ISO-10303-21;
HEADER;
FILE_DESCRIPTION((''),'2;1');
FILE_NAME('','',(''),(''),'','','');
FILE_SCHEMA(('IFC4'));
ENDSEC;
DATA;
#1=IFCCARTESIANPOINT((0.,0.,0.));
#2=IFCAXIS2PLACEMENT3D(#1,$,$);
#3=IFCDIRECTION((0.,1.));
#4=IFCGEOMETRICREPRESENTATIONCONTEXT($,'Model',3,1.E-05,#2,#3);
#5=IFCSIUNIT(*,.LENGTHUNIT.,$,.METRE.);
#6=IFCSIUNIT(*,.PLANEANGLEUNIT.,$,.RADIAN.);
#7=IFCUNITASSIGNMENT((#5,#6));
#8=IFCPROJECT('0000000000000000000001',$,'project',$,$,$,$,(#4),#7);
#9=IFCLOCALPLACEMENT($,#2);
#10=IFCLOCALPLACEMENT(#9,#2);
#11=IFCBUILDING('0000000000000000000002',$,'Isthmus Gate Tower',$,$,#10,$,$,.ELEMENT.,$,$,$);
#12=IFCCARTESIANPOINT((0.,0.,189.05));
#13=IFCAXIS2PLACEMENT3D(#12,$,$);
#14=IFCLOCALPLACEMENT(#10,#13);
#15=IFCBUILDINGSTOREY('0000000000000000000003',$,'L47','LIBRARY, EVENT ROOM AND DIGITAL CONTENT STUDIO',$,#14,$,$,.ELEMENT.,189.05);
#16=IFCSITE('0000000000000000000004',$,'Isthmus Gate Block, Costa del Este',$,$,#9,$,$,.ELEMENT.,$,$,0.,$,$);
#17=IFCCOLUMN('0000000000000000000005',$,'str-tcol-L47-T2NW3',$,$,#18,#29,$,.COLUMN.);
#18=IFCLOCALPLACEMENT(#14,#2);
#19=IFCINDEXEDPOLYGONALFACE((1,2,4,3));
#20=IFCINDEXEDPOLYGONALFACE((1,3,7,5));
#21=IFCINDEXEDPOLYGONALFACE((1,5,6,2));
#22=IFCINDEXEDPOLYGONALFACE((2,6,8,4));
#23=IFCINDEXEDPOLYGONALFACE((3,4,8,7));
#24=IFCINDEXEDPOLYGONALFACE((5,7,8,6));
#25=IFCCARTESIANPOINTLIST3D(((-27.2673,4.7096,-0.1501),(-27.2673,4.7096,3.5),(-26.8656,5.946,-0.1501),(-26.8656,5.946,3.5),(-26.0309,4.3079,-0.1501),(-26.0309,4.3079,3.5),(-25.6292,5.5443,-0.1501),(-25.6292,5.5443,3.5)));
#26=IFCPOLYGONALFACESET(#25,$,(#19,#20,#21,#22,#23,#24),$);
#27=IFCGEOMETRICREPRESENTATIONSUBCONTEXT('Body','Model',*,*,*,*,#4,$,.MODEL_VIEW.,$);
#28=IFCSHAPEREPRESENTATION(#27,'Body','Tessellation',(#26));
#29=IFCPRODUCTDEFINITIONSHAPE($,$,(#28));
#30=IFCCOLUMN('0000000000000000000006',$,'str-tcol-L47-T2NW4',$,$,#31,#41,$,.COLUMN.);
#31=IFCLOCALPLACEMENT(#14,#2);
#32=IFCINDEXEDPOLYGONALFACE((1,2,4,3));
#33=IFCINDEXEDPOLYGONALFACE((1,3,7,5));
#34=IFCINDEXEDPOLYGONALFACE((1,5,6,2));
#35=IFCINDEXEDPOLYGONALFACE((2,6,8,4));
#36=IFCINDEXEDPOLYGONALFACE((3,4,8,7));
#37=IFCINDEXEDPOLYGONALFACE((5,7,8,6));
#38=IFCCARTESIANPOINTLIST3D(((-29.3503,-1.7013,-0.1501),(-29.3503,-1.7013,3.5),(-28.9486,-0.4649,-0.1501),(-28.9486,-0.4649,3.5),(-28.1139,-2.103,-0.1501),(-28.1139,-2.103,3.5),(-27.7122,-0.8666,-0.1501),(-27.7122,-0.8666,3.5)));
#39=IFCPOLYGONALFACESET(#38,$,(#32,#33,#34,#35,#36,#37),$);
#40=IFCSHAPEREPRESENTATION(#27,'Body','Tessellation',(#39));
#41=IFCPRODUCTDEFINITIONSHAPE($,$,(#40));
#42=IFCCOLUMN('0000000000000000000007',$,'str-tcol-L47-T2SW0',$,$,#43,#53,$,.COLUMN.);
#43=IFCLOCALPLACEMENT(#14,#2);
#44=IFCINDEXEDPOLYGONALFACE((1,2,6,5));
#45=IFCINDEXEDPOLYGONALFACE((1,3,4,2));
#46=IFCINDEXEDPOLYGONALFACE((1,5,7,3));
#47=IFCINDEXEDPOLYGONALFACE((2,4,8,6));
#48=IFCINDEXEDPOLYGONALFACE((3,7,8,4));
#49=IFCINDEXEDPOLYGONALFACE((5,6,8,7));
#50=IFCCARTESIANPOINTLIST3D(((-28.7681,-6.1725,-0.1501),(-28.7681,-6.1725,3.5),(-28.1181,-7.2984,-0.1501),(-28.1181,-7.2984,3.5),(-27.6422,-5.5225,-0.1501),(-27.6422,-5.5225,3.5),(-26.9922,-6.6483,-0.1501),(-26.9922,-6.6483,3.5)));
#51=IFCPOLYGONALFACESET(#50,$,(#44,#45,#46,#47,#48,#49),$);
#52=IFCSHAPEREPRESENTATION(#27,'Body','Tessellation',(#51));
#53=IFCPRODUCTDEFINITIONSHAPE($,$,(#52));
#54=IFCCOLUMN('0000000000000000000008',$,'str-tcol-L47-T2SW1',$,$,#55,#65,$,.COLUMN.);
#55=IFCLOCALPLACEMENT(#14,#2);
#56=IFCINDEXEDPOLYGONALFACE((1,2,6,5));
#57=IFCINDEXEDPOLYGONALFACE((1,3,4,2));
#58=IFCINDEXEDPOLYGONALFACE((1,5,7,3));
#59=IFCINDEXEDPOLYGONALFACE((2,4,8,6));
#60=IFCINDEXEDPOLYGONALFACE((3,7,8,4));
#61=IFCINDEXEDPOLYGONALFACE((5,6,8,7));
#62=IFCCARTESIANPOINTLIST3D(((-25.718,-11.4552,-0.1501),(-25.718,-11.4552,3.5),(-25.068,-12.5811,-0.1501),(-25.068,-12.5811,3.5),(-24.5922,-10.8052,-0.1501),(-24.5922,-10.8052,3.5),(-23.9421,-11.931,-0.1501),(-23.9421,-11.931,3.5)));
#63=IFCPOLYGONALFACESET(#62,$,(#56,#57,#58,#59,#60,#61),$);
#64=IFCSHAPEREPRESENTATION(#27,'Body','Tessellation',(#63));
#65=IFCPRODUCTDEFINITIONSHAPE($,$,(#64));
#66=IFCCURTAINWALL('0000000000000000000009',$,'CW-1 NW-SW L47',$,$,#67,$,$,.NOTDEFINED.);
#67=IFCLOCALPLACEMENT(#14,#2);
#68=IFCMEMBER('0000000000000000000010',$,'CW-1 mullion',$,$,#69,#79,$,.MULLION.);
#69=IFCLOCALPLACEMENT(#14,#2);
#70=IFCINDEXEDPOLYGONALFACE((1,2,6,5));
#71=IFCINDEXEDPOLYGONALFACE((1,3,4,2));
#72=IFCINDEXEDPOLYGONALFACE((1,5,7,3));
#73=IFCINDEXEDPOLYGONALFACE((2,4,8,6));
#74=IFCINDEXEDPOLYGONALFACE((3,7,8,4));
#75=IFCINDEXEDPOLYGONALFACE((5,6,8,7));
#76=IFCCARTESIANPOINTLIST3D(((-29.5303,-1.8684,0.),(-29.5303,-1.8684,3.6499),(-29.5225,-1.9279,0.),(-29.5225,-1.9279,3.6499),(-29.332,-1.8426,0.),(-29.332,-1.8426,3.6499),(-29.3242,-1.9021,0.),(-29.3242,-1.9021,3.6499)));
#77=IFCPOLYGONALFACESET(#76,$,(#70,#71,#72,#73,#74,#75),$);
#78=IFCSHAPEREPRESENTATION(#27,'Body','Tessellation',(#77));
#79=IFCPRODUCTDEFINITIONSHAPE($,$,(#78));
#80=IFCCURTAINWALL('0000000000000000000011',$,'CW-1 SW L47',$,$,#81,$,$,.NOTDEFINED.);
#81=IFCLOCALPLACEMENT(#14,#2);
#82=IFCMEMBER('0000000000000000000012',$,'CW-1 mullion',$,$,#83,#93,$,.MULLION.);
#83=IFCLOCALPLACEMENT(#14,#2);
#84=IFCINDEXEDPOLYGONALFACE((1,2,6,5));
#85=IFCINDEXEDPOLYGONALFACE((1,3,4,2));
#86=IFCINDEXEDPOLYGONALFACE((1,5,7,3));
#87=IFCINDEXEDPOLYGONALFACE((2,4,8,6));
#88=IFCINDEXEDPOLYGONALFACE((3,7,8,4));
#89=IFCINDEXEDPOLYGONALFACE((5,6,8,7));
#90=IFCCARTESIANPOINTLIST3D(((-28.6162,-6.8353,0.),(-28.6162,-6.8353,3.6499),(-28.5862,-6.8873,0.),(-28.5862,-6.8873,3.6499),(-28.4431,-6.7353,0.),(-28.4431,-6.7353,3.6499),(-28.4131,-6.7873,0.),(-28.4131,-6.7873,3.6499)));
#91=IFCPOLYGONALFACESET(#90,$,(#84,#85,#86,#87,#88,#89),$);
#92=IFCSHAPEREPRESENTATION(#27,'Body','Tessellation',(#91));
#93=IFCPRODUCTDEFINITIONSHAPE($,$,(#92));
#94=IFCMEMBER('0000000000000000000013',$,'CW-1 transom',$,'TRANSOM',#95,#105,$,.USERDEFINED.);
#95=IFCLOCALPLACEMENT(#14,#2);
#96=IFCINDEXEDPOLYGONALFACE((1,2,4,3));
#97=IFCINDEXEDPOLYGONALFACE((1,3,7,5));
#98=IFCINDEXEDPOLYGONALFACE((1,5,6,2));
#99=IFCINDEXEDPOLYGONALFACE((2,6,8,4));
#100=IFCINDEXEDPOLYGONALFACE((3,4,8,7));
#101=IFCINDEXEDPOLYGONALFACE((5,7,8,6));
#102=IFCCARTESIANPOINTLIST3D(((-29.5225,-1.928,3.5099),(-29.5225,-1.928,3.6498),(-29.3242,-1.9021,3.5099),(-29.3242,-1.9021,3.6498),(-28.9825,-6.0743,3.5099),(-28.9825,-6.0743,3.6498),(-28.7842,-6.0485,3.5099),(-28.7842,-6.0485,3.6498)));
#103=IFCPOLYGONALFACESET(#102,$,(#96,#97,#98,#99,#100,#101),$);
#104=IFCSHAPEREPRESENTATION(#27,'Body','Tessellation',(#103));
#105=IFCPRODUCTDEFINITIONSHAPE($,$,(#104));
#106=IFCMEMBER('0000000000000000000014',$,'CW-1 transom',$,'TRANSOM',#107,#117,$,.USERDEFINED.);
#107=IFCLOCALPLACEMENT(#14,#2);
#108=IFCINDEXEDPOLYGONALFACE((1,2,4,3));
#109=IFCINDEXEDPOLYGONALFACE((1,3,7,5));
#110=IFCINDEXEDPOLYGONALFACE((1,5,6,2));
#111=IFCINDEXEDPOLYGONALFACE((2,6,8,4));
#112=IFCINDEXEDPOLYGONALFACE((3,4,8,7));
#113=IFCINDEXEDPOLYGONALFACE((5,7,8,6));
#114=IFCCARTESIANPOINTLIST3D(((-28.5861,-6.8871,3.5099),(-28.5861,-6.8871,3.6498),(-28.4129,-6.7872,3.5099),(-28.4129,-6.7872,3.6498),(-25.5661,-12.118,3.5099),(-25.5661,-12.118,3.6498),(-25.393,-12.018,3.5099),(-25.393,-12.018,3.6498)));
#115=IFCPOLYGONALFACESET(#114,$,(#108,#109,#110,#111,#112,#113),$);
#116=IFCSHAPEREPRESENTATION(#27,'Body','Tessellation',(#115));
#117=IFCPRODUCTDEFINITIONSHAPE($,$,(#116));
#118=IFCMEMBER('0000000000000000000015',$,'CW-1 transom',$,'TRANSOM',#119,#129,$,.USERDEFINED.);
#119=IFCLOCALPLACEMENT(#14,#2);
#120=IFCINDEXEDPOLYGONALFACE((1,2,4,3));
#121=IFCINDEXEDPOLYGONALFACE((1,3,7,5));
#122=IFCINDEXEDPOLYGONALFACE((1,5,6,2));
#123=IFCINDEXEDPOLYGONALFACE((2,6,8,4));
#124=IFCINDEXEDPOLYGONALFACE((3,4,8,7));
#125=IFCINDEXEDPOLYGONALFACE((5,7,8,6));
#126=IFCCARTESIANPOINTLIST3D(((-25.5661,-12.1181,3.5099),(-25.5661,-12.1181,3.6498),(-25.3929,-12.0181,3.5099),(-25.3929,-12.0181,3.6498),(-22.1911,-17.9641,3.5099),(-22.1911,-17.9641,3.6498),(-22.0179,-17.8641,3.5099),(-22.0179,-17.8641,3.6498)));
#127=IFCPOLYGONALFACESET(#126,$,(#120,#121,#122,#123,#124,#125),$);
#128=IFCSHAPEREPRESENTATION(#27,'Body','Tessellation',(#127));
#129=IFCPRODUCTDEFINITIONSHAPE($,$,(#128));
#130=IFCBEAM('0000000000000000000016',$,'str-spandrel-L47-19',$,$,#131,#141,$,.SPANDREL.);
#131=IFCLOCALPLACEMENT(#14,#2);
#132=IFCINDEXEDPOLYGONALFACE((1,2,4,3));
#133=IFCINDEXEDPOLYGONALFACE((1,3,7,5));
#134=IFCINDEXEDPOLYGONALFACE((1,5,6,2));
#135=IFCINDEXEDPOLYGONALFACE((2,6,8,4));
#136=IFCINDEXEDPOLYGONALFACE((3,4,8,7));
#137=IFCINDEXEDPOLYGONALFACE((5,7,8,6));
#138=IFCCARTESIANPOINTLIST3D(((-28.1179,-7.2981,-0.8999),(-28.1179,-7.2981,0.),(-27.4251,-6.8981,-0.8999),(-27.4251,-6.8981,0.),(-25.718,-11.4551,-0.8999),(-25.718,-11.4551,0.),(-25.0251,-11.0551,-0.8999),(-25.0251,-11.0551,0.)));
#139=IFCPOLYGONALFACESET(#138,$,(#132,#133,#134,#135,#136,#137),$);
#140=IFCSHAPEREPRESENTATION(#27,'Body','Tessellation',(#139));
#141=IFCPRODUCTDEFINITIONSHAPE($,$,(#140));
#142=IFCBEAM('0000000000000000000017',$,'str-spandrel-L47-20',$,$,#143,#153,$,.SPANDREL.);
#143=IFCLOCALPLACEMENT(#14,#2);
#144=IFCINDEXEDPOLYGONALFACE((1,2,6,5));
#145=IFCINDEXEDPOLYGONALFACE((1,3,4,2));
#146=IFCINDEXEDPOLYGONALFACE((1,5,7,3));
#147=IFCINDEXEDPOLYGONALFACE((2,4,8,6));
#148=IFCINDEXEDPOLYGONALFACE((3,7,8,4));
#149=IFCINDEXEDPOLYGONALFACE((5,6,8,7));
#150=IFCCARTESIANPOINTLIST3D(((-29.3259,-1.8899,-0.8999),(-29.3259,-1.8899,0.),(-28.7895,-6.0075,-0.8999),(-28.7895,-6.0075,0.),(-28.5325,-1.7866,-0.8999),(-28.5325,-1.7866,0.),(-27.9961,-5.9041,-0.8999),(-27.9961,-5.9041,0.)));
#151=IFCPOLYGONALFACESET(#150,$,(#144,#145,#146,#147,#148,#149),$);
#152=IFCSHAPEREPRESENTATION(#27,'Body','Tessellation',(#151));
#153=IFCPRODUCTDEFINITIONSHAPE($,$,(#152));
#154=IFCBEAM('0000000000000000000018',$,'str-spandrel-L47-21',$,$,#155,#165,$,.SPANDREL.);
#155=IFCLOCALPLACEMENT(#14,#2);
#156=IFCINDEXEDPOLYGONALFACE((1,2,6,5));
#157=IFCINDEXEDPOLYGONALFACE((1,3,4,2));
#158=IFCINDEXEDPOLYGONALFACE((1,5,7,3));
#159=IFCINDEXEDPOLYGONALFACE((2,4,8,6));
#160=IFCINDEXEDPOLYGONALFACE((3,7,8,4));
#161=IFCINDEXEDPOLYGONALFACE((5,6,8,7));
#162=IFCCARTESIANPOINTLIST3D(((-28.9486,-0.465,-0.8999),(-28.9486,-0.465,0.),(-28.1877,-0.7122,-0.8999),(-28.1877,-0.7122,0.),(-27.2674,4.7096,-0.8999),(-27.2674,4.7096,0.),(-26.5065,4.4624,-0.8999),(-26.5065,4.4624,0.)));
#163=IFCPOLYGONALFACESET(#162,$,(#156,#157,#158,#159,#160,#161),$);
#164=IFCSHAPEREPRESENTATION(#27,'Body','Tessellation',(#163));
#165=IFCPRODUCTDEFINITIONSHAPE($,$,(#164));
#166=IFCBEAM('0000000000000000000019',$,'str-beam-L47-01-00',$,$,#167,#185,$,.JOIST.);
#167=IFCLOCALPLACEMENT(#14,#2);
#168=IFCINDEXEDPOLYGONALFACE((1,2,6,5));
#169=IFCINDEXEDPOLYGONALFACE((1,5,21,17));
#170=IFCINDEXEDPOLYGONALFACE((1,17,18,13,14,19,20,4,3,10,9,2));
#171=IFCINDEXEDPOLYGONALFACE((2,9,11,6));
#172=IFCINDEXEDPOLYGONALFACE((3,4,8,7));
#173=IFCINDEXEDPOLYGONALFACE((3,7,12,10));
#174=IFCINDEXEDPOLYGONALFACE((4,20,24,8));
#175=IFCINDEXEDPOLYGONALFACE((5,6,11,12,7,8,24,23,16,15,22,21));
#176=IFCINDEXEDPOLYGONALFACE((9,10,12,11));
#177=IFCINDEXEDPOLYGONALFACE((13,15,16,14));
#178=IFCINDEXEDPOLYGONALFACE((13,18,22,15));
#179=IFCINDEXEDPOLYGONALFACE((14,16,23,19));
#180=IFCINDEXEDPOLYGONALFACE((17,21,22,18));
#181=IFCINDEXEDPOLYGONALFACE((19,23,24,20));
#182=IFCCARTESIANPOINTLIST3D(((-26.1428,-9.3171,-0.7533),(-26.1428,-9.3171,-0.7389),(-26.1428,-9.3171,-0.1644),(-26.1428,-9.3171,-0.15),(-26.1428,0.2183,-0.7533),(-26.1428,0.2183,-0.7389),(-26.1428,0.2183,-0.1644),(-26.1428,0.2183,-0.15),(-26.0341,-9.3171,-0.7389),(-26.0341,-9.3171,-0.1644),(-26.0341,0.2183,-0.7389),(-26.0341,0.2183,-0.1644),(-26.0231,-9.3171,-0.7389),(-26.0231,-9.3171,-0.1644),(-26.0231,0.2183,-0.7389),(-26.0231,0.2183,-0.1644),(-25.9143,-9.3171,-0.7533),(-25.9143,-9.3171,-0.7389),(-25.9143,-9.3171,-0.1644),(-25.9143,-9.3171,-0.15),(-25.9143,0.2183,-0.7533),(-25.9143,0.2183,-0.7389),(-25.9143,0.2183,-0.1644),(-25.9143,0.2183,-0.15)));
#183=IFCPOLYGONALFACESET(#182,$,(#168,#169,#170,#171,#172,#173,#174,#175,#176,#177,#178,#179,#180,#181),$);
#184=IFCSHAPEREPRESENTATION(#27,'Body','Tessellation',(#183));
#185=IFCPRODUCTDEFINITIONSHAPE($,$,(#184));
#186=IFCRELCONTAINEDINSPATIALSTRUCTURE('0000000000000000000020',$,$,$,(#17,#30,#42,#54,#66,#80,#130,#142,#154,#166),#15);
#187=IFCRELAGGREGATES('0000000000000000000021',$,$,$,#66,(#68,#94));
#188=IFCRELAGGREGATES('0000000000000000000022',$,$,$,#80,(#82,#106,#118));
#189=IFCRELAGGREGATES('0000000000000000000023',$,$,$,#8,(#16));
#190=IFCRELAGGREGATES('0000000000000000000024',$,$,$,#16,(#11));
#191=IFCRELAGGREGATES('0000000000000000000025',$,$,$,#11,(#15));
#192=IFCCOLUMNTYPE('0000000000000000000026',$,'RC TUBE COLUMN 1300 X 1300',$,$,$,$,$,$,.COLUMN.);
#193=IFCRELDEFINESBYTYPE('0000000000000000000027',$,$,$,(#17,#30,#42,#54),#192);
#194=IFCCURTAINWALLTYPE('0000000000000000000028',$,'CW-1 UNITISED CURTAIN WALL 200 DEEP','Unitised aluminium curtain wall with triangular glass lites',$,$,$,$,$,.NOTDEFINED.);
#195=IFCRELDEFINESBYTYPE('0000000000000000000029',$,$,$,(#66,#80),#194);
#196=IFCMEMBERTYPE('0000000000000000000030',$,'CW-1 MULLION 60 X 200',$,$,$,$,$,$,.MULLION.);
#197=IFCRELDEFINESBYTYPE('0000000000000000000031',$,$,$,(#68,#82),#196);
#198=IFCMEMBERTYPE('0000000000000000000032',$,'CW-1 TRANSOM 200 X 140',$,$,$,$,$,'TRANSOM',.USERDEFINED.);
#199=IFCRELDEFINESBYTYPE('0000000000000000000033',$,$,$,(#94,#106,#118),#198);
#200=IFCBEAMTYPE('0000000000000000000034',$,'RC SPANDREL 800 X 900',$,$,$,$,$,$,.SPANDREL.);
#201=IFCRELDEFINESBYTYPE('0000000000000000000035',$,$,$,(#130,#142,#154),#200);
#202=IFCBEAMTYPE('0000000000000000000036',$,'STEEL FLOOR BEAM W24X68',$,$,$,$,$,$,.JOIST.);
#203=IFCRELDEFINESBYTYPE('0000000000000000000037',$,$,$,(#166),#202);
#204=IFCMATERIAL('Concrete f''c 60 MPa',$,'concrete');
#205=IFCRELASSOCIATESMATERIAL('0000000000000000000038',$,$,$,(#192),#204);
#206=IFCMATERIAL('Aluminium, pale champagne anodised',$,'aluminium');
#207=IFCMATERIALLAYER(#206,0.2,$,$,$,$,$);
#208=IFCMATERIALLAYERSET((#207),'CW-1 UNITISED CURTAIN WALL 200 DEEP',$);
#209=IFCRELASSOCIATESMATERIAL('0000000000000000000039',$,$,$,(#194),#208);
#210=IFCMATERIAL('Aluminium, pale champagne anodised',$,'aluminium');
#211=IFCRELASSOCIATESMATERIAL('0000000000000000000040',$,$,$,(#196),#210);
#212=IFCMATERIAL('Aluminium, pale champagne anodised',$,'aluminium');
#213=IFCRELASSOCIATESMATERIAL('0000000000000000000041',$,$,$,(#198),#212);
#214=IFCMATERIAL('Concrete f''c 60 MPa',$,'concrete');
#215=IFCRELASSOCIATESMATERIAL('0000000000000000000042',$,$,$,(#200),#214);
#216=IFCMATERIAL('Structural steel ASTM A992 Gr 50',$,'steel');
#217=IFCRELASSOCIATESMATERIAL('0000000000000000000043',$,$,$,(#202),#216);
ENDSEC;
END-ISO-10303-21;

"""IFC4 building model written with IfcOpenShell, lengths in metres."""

from ifc_helpers import new_model, si_unit, direction, frame, origin, origin_2d, place, context, subcontext, project, spatial, rectangle, i_section, extrude, material, layer, layer_set, material_profile, profile_set, type_object, element, aggregate, save


model = new_model("IFC4")

# Units and contexts
model_context = context("Model", 3, precision=1e-05, world=origin(), true_north=direction((0.0, 1.0)))
body_context = subcontext(model_context, "Body", "Model", "MODEL_VIEW")
ifc_project = project(units=[si_unit("LENGTHUNIT", "METRE"), si_unit("PLANEANGLEUNIT", "RADIAN")], contexts=[model_context])

# Site, building, storey
site_placement = place(None, origin())
site = spatial("IfcSite", under=ifc_project, at=site_placement, Name="Isthmus Gate Block, Costa del Este", CompositionType="ELEMENT", RefElevation=0.0)
building_placement = place(site_placement, origin())
building = spatial("IfcBuilding", under=site, at=building_placement, Name="Isthmus Gate Tower", CompositionType="ELEMENT")
storey_placement = place(building_placement, frame((0.0, 0.0, 189.05)))
storey = spatial("IfcBuildingStorey", under=building, at=storey_placement, Name="L47", Description="LIBRARY, EVENT ROOM AND DIGITAL CONTENT STUDIO", CompositionType="ELEMENT", Elevation=189.05)

# Columns
ifc_material_1 = material(Name="Concrete f'c 60 MPa", Category="concrete")
ifc_material_profile_1 = material_profile(ifc_material_1, rectangle(XDim=1.3, YDim=1.3, at=origin_2d()), Name="RC 1300X1300")
ifc_profile_set_1 = profile_set([ifc_material_profile_1], Name="Concrete f'c 60 MPa")
column_type = type_object("IfcColumnType", Name="RC TUBE COLUMN 1300 X 1300", PredefinedType="COLUMN", material=ifc_profile_set_1)
for number, where, z_axis, x_axis, name in (
    (1, (-26.4482, 5.127, -0.1501), (0.0, 0.0, 1.0), (-0.309017, -0.951057, 0.0), "str-tcol-L47-T2NW3"),
    (2, (-28.5312, -1.2839, -0.1501), (0.0, 0.0, 1.0), (-0.309017, -0.951057, 0.0), "str-tcol-L47-T2NW4"),
    (3, (-27.8801, -6.4104, -0.1501), (0.0, 0.0, 1.0), (0.5, -0.866025, 0.0), "str-tcol-L47-T2SW0"),
    (4, (-24.8301, -11.6931, -0.1501), (0.0, 0.0, 1.0), (0.5, -0.866025, 0.0), "str-tcol-L47-T2SW1"),
):
    element("IfcColumn", number, at=place(storey_placement, frame(where, z_axis=z_axis, x_axis=x_axis)), inside=storey, type_object=column_type, Name=name, PredefinedType="COLUMN", context=body_context, shape_type="SweptSolid", body=[
        extrude(rectangle(XDim=1.3, YDim=1.3, at=origin_2d()), origin(), (0.0, 0.0, 1.0), 3.6501),
    ])

# Curtain walls, members
ifc_material_2 = material(Name="Aluminium, pale champagne anodised", Category="aluminium")
ifc_layer_1 = layer(ifc_material_2, 0.2)
ifc_layer_set_1 = layer_set([ifc_layer_1], Name="CW-1 UNITISED CURTAIN WALL 200 DEEP")
curtain_wall_type = type_object("IfcCurtainWallType", Name="CW-1 UNITISED CURTAIN WALL 200 DEEP", Description="Unitised aluminium curtain wall with triangular glass lites", PredefinedType="NOTDEFINED", material=ifc_layer_set_1)
curtain_wall_1_placement = place(storey_placement, origin())
curtain_wall_1 = element("IfcCurtainWall", 5, at=curtain_wall_1_placement, inside=storey, type_object=curtain_wall_type, Name="CW-1 NW-SW L47", PredefinedType="NOTDEFINED")
ifc_material_3 = material(Name="Aluminium, pale champagne anodised", Category="aluminium")
ifc_material_profile_2 = material_profile(ifc_material_3, rectangle(XDim=0.0601, YDim=0.2, at=origin_2d()), Name="60x200")
ifc_profile_set_2 = profile_set([ifc_material_profile_2], Name="Aluminium, pale champagne anodised")
member_type_1 = type_object("IfcMemberType", Name="CW-1 MULLION 60 X 200", PredefinedType="MULLION", material=ifc_profile_set_2)
member_1_placement = place(storey_placement, frame((-29.4272, -1.8853, 0.0), z_axis=(0.0, 0.0, 1.0), x_axis=(0.129165, -0.991623, 0.0)))
member_1 = element("IfcMember", 6, at=member_1_placement, type_object=member_type_1, Name="CW-1 mullion", PredefinedType="MULLION", context=body_context, shape_type="SweptSolid", body=[
    extrude(rectangle(XDim=0.0601, YDim=0.2, at=origin_2d()), origin(), (0.0, 0.0, 1.0), 3.6499),
])
curtain_wall_2_placement = place(storey_placement, origin())
curtain_wall_2 = element("IfcCurtainWall", 7, at=curtain_wall_2_placement, inside=storey, type_object=curtain_wall_type, Name="CW-1 SW L47", PredefinedType="NOTDEFINED")
member_2_placement = place(storey_placement, frame((-28.5146, -6.8113, 0.0), z_axis=(0.0, 0.0, 1.0), x_axis=(0.5, -0.866025, 0.0)))
member_2 = element("IfcMember", 8, at=member_2_placement, type_object=member_type_1, Name="CW-1 mullion", PredefinedType="MULLION", context=body_context, shape_type="SweptSolid", body=[
    extrude(rectangle(XDim=0.0601, YDim=0.2, at=origin_2d()), origin(), (0.0, 0.0, 1.0), 3.6499),
])

# Members
ifc_material_4 = material(Name="Aluminium, pale champagne anodised", Category="aluminium")
ifc_material_profile_3 = material_profile(ifc_material_4, rectangle(XDim=0.2, YDim=0.1399, at=origin_2d()), Name="200x140")
ifc_profile_set_3 = profile_set([ifc_material_profile_3], Name="Aluminium, pale champagne anodised")
member_type_2 = type_object("IfcMemberType", Name="CW-1 TRANSOM 200 X 140", ElementType="TRANSOM", PredefinedType="USERDEFINED", material=ifc_profile_set_3)
member_3_placement = place(storey_placement, frame((-29.4233, -1.915, 3.5798), z_axis=(0.129149, -0.991625, 0.0), x_axis=(0.991625, 0.129149, 0.0)))
member_3 = element("IfcMember", 9, at=member_3_placement, type_object=member_type_2, Name="CW-1 transom", ObjectType="TRANSOM", PredefinedType="USERDEFINED", context=body_context, shape_type="SweptSolid", body=[
    extrude(rectangle(XDim=0.2, YDim=0.1399, at=origin_2d()), origin(), (0.0, 0.0, 1.0), 4.1814),
])
member_4_placement = place(storey_placement, frame((-28.4995, -6.8372, 3.5798), z_axis=(0.499991, -0.866031, 0.0), x_axis=(0.866031, 0.499991, 0.0)))
member_4 = element("IfcMember", 10, at=member_4_placement, type_object=member_type_2, Name="CW-1 transom", ObjectType="TRANSOM", PredefinedType="USERDEFINED", context=body_context, shape_type="SweptSolid", body=[
    extrude(rectangle(XDim=0.2, YDim=0.1399, at=origin_2d()), origin(), (0.0, 0.0, 1.0), 6.04),
])
member_5_placement = place(storey_placement, frame((-25.4795, -12.0681, 3.5798), z_axis=(0.499982, -0.866036, 0.0), x_axis=(0.866036, 0.499982, 0.0)))
member_5 = element("IfcMember", 11, at=member_5_placement, type_object=member_type_2, Name="CW-1 transom", ObjectType="TRANSOM", PredefinedType="USERDEFINED", context=body_context, shape_type="SweptSolid", body=[
    extrude(rectangle(XDim=0.2, YDim=0.1399, at=origin_2d()), origin(), (0.0, 0.0, 1.0), 6.7502),
])

# Beams
ifc_material_5 = material(Name="Concrete f'c 60 MPa", Category="concrete")
ifc_material_profile_4 = material_profile(ifc_material_5, rectangle(XDim=0.8, YDim=0.8999, at=origin_2d()), Name="RC 800X900")
ifc_profile_set_4 = profile_set([ifc_material_profile_4], Name="Concrete f'c 60 MPa")
beam_type_1 = type_object("IfcBeamType", Name="RC SPANDREL 800 X 900", PredefinedType="SPANDREL", material=ifc_profile_set_4)
beam_1_placement = place(storey_placement, frame((-25.3716, -11.2551, -0.45), z_axis=(-0.499979, 0.866037, 0.0), x_axis=(-0.866037, -0.499979, 0.0)))
element("IfcBeam", 12, at=beam_1_placement, inside=storey, type_object=beam_type_1, Name="str-spandrel-L47-19", PredefinedType="SPANDREL", context=body_context, shape_type="SweptSolid", body=[
    extrude(rectangle(XDim=0.8, YDim=0.8999, at=origin_2d()), origin(), (0.0, 0.0, 1.0), 4.8),
])
beam_2_placement = place(storey_placement, frame((-28.3928, -5.9558, -0.45), z_axis=(-0.129171, 0.991622, 0.0), x_axis=(-0.991622, -0.129171, 0.0)))
element("IfcBeam", 13, at=beam_2_placement, inside=storey, type_object=beam_type_1, Name="str-spandrel-L47-20", PredefinedType="SPANDREL", context=body_context, shape_type="SweptSolid", body=[
    extrude(rectangle(XDim=0.8, YDim=0.8999, at=origin_2d()), origin(), (0.0, 0.0, 1.0), 4.1523),
])
beam_3_placement = place(storey_placement, frame((-28.5681, -0.5886, -0.45), z_axis=(0.30899, 0.951065, 0.0), x_axis=(-0.951065, 0.30899, 0.0)))
element("IfcBeam", 14, at=beam_3_placement, inside=storey, type_object=beam_type_1, Name="str-spandrel-L47-21", PredefinedType="SPANDREL", context=body_context, shape_type="SweptSolid", body=[
    extrude(rectangle(XDim=0.8, YDim=0.8999, at=origin_2d()), origin(), (0.0, 0.0, 1.0), 5.4409),
])
ifc_material_6 = material(Name="Structural steel ASTM A992 Gr 50", Category="steel")
ifc_material_profile_5 = material_profile(ifc_material_6, i_section(OverallWidth=0.2285, OverallDepth=0.6033, WebThickness=0.011, FlangeThickness=0.0144, at=origin_2d()), Name="W24X68")
ifc_profile_set_5 = profile_set([ifc_material_profile_5], Name="Structural steel ASTM A992 Gr 50")
beam_type_2 = type_object("IfcBeamType", Name="STEEL FLOOR BEAM W24X68", PredefinedType="JOIST", material=ifc_profile_set_5)
beam_4_placement = place(storey_placement, frame((-26.0286, -9.3171, -0.4517), z_axis=(0.0, 1.0, 0.0), x_axis=(-1.0, 0.0, 0.0)))
element("IfcBeam", 15, at=beam_4_placement, inside=storey, type_object=beam_type_2, Name="str-beam-L47-01-00", PredefinedType="JOIST", context=body_context, shape_type="SweptSolid", body=[
    extrude(i_section(OverallWidth=0.2285, OverallDepth=0.6033, WebThickness=0.011, FlangeThickness=0.0144, at=origin_2d()), origin(), (0.0, 0.0, 1.0), 9.5354),
])

aggregate(curtain_wall_1, [member_1, member_3])
aggregate(curtain_wall_2, [member_2, member_4, member_5])

save(model, "model.ifc")
